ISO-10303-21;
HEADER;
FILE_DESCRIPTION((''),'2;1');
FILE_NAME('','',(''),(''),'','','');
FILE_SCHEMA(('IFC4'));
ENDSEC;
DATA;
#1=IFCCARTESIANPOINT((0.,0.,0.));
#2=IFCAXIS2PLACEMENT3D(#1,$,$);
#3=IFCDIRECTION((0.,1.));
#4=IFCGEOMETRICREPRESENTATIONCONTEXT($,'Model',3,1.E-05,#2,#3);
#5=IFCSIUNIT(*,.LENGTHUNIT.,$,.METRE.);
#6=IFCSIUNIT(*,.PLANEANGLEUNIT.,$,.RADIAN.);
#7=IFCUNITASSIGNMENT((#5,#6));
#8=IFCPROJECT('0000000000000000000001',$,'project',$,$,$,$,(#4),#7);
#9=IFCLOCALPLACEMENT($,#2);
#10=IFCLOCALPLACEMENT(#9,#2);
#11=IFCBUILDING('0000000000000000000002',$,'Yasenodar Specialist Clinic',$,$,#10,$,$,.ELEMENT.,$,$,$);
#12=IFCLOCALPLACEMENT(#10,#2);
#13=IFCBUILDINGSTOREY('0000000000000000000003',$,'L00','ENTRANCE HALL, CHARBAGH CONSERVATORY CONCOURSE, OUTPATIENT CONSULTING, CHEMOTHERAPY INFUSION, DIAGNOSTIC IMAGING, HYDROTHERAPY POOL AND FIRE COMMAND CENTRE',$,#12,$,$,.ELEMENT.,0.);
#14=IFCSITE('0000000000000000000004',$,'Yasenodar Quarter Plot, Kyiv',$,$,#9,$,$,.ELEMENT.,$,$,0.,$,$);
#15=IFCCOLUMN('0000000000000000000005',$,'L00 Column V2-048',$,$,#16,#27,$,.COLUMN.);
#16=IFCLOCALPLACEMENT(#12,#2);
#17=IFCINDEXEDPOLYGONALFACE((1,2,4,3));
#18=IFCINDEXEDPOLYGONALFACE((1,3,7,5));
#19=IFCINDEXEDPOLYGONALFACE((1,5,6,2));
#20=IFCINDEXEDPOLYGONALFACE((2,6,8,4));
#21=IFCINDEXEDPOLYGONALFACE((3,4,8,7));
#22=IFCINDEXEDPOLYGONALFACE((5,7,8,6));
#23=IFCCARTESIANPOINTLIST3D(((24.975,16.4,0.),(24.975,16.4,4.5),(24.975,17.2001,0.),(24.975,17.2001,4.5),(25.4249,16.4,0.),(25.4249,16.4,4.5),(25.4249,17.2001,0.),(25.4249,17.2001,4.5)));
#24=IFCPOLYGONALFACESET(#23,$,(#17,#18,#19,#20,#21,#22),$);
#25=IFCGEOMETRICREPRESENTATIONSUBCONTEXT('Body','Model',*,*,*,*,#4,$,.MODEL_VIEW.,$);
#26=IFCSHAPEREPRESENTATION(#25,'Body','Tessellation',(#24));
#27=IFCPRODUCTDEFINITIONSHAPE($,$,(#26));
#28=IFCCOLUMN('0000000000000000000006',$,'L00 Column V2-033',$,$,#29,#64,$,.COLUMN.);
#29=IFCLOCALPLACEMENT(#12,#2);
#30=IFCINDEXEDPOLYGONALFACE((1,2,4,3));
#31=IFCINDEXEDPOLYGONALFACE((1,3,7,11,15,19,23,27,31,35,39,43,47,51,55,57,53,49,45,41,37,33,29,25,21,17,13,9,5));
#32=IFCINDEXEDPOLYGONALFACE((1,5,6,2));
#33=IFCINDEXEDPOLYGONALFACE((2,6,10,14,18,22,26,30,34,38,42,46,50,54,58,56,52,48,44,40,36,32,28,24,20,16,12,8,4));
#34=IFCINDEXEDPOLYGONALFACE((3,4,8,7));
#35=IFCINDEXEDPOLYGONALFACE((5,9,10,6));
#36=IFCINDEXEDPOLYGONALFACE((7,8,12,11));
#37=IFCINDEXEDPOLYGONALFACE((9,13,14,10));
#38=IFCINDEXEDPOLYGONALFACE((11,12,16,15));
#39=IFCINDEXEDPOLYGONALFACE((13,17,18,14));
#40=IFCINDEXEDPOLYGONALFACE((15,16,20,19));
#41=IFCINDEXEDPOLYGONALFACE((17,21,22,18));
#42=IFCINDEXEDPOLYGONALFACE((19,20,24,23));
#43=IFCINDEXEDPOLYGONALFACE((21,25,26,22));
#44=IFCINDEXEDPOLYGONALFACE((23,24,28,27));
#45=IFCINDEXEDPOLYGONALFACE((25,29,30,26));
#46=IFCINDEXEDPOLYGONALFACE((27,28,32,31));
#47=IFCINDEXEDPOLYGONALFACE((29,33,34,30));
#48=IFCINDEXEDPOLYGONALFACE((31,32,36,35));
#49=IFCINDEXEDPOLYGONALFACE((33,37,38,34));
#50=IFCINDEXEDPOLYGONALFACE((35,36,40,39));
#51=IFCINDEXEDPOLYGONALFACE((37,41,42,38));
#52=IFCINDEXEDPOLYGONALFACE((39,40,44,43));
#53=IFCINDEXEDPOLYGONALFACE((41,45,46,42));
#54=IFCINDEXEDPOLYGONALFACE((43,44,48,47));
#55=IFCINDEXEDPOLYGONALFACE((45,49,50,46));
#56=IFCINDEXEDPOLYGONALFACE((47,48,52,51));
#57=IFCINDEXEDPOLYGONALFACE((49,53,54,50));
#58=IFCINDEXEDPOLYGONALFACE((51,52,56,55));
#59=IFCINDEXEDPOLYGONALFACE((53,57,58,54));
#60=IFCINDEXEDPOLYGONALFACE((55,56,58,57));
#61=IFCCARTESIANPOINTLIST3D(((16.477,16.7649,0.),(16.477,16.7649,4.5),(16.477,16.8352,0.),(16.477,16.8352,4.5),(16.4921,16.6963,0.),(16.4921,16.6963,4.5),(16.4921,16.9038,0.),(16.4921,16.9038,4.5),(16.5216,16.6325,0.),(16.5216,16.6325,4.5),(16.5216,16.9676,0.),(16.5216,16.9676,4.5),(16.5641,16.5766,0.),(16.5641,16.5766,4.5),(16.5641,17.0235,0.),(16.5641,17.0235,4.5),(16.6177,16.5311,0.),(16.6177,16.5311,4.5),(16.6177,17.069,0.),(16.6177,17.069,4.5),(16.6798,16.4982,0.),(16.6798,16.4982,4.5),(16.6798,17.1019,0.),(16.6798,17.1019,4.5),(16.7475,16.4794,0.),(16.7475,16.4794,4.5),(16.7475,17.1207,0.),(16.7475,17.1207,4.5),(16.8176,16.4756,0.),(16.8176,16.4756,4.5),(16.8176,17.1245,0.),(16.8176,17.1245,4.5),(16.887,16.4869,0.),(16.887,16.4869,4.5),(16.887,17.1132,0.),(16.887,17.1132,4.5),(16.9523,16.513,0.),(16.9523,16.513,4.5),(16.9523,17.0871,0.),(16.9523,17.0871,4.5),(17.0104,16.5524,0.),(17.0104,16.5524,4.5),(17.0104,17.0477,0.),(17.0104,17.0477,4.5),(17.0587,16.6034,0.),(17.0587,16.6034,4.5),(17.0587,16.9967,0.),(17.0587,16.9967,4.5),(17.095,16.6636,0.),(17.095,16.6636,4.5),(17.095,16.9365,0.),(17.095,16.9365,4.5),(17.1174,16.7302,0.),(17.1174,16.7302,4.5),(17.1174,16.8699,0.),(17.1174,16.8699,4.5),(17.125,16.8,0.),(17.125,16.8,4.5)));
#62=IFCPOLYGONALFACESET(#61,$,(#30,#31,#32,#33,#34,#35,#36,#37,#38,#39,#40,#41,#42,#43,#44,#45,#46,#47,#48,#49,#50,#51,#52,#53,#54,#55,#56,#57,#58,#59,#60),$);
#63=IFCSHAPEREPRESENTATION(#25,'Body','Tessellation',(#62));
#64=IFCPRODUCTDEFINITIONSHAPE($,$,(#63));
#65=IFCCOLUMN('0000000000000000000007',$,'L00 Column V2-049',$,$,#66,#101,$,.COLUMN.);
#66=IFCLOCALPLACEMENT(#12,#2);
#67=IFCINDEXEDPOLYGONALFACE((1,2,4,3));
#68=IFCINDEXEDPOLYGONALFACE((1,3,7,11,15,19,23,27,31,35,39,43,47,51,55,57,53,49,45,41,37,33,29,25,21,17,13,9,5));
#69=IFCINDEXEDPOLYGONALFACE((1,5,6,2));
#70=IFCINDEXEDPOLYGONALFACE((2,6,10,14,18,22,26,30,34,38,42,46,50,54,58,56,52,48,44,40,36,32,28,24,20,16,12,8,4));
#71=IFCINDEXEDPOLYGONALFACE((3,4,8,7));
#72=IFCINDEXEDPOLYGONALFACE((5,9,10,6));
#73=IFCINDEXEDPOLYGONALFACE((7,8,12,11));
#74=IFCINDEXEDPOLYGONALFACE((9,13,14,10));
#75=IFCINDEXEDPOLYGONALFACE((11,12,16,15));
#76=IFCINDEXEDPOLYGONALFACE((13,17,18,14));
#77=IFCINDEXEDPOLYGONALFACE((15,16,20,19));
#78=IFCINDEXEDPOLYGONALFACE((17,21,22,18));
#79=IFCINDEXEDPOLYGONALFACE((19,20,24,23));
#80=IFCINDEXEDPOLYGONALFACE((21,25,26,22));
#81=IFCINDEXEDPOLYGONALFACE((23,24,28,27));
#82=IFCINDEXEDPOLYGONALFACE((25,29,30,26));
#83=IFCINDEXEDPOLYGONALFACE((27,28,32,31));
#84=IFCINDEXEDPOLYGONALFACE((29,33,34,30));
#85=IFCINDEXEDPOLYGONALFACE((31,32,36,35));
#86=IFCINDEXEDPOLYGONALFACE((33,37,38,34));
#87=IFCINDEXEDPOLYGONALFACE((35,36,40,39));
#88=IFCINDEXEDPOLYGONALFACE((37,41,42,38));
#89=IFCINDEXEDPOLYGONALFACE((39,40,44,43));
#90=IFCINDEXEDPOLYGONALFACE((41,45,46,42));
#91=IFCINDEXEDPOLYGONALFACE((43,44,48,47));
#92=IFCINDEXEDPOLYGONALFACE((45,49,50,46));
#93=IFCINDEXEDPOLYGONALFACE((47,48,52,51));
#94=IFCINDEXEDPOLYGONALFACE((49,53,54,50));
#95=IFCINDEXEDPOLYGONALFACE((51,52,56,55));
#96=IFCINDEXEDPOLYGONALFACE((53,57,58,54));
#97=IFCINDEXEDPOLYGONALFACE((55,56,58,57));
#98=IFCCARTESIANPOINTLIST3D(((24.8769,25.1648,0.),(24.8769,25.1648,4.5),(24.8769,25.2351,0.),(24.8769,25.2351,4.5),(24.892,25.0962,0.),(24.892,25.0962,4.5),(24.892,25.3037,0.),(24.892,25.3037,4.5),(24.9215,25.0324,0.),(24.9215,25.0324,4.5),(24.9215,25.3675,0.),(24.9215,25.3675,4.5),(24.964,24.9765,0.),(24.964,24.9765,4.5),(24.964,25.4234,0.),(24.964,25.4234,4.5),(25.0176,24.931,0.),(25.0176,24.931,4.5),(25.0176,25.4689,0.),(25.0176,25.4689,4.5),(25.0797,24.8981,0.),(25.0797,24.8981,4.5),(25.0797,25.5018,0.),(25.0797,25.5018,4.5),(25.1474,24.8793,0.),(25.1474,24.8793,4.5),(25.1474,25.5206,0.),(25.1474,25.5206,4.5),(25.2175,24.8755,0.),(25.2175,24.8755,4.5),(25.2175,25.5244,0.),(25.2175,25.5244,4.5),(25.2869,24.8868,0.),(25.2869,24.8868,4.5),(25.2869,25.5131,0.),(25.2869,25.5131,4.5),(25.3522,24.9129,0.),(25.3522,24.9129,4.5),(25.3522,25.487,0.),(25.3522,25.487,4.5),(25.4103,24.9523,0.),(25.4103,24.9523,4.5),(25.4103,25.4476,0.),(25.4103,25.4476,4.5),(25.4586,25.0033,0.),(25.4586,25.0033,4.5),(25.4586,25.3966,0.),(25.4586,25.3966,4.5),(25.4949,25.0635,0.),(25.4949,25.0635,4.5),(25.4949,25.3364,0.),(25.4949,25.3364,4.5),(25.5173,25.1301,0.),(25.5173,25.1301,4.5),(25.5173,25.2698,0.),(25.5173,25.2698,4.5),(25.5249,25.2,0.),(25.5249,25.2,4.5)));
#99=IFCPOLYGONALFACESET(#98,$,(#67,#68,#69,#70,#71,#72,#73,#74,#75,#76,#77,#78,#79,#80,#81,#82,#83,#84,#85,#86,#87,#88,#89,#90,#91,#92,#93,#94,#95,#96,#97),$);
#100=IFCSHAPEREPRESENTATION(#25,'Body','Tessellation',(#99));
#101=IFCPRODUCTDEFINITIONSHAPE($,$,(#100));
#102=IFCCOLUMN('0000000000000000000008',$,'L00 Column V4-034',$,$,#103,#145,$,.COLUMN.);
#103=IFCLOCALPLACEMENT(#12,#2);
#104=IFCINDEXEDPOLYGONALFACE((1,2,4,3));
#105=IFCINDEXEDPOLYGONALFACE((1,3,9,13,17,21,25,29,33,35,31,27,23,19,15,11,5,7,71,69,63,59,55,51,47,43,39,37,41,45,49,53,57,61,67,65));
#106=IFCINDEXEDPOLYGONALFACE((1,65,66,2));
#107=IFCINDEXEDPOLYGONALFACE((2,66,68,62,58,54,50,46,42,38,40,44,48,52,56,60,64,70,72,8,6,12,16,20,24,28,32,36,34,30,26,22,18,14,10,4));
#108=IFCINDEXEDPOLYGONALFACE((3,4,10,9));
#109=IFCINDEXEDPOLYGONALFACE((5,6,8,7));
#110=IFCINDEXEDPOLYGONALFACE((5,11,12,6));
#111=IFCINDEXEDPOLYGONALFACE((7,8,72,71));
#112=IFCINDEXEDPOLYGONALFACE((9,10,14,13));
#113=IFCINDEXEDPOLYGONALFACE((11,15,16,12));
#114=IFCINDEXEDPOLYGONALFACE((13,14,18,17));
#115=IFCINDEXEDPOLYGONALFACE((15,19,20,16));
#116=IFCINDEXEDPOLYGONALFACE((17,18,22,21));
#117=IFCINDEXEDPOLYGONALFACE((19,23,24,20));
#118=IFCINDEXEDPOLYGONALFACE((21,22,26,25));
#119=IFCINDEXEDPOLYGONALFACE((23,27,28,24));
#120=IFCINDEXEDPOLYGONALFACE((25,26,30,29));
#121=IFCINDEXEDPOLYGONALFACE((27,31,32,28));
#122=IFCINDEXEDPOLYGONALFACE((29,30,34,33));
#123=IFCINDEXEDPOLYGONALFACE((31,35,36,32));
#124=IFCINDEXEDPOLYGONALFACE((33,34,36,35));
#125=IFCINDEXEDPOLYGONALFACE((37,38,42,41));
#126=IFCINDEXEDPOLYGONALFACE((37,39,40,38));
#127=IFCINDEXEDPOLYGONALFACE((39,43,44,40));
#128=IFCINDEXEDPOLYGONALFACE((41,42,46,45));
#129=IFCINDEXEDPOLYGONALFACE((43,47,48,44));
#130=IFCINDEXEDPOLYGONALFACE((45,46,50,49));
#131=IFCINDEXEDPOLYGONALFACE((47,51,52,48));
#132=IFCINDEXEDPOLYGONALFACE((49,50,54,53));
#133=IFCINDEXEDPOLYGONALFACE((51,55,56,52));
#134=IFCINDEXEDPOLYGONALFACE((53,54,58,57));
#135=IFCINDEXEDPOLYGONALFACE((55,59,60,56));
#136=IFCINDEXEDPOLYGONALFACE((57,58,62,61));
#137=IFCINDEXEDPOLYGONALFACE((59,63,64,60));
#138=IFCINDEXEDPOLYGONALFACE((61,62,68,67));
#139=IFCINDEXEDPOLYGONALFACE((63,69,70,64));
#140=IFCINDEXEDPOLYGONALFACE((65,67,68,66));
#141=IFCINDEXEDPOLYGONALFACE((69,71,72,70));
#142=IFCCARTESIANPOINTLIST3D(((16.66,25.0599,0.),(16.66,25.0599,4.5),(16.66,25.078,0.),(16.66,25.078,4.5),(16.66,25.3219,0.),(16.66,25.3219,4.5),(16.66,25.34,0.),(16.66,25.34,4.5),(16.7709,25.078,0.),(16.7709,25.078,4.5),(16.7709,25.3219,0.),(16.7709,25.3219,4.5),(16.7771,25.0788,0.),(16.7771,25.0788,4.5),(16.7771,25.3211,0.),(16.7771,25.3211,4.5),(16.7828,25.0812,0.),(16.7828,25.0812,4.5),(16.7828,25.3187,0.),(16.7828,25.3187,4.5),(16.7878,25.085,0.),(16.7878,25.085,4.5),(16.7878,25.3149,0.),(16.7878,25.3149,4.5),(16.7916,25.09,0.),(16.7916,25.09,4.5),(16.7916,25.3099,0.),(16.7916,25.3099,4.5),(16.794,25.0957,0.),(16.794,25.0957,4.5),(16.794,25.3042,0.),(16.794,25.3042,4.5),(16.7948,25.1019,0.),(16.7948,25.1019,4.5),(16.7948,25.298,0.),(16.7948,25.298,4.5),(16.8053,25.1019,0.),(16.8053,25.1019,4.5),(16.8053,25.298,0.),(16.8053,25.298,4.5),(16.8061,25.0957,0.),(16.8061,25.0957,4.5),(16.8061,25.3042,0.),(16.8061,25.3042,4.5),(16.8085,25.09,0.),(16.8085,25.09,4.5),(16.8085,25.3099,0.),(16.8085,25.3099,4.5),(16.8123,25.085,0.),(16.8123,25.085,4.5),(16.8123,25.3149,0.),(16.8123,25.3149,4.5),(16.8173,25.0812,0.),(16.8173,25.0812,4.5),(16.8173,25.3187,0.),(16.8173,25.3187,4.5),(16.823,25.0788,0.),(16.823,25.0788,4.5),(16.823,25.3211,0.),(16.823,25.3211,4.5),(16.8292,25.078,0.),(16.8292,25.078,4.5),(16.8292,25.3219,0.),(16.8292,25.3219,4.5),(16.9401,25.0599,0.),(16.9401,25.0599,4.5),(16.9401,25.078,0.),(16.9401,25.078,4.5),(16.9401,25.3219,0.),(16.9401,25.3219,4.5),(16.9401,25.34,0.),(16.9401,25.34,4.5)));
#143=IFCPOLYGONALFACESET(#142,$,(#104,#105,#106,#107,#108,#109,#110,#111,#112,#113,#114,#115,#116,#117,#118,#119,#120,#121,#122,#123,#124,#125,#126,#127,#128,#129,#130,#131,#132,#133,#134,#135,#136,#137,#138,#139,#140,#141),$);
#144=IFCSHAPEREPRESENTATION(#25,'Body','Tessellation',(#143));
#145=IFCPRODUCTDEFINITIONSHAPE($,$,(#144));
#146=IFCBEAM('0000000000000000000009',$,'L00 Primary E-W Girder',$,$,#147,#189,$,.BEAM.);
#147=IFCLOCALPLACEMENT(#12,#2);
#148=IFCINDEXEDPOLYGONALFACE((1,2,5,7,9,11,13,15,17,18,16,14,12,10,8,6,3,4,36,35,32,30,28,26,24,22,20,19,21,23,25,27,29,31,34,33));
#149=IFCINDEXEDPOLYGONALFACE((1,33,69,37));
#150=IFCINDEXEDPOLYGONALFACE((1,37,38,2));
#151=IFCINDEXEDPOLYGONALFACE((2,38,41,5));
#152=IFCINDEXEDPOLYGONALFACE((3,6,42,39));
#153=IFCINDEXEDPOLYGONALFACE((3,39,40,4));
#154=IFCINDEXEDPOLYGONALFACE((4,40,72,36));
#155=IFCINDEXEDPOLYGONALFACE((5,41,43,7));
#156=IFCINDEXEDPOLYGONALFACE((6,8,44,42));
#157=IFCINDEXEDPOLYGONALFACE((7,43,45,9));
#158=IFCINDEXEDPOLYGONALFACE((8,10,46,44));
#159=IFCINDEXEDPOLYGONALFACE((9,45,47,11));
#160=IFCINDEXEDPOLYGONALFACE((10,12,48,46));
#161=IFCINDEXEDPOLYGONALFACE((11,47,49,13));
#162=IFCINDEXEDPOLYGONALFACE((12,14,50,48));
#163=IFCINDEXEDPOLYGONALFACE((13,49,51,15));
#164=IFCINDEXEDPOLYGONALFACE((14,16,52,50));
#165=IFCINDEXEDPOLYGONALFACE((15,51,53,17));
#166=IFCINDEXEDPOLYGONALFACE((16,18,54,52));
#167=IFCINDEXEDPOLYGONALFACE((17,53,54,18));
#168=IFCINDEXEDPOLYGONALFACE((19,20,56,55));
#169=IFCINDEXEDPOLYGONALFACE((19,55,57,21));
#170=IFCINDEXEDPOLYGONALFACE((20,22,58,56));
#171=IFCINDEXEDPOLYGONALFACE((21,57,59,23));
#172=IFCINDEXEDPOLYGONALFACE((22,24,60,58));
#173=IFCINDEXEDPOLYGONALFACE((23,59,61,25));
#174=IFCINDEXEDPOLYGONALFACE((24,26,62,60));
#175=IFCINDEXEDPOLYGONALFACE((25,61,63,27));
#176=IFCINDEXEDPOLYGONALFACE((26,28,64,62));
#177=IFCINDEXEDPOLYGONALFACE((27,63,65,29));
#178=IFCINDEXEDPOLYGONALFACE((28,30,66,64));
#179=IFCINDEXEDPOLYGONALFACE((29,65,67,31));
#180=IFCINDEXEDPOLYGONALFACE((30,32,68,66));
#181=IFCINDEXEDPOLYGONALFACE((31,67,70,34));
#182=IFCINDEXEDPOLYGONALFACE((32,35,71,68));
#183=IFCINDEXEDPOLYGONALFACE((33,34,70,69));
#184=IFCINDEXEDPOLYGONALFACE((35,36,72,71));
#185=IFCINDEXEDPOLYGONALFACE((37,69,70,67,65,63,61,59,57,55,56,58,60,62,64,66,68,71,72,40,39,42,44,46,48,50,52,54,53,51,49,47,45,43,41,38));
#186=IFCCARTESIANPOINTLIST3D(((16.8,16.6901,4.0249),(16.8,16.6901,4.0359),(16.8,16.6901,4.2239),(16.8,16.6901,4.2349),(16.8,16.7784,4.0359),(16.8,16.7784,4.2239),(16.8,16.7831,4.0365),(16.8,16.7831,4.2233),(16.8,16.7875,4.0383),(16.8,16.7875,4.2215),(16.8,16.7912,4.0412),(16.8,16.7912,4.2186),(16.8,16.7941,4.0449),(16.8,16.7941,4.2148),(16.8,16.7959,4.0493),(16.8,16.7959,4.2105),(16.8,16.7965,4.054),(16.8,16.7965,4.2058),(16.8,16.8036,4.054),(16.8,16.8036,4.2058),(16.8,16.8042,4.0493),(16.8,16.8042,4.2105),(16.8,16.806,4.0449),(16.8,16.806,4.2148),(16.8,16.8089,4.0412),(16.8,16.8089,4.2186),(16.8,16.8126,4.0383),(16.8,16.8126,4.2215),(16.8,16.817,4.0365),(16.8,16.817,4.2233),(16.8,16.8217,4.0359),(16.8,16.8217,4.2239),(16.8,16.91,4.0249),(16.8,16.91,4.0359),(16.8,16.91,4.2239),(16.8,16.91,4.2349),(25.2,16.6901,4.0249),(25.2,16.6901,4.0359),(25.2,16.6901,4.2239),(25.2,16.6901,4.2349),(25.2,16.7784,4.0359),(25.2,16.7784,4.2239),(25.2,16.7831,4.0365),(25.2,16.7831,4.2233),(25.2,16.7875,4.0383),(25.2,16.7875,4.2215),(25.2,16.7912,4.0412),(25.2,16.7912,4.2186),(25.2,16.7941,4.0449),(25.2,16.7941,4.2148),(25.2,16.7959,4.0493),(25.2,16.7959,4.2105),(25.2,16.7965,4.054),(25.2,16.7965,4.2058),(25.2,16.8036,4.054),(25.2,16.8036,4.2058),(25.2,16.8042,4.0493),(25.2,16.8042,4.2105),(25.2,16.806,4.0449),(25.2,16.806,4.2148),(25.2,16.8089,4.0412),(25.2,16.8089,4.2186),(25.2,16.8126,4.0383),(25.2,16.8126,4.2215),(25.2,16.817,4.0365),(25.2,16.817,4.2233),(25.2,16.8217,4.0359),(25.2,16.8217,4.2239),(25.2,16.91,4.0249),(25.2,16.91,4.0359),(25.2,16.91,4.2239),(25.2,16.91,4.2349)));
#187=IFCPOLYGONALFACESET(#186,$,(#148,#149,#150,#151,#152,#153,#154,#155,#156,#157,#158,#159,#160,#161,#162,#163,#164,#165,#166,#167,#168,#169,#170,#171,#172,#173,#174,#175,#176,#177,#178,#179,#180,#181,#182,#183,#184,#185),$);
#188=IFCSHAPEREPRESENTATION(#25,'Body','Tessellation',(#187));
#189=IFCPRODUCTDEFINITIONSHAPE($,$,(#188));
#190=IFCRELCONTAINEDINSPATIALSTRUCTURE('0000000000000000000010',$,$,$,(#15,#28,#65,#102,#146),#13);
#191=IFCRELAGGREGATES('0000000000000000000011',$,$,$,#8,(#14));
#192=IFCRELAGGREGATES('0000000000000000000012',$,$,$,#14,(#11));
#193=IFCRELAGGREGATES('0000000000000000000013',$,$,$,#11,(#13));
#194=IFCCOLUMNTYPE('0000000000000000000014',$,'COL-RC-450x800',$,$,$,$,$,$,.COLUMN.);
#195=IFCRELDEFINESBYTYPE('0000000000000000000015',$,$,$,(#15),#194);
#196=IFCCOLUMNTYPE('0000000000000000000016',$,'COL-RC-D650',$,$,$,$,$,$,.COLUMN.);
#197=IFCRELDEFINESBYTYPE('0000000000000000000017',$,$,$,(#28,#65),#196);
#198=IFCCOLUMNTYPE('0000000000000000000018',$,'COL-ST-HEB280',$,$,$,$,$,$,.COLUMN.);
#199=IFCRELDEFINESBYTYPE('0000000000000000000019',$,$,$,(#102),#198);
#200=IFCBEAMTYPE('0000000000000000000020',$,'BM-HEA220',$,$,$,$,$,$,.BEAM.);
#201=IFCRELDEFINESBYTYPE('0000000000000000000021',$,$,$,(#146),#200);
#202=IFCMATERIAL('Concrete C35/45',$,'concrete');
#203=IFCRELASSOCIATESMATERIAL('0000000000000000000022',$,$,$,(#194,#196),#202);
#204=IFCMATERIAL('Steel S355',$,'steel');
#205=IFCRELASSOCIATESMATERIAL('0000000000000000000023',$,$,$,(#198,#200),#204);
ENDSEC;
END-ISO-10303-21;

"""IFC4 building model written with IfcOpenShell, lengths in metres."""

from ifc_helpers import new_model, si_unit, direction, frame, origin, origin_2d, place, context, subcontext, project, spatial, rectangle, circle, i_section, extrude, material, material_profile, profile_set, type_object, element, save


model = new_model("IFC4")

# Units and contexts
model_context = context("Model", 3, precision=1e-05, world=origin(), true_north=direction((0.0, 1.0)))
body_context = subcontext(model_context, "Body", "Model", "MODEL_VIEW")
ifc_project = project(units=[si_unit("LENGTHUNIT", "METRE"), si_unit("PLANEANGLEUNIT", "RADIAN")], contexts=[model_context])

# Site, building, storey
site_placement = place(None, origin())
site = spatial("IfcSite", under=ifc_project, at=site_placement, Name="Yasenodar Quarter Plot, Kyiv", CompositionType="ELEMENT", RefElevation=0.0)
building_placement = place(site_placement, origin())
building = spatial("IfcBuilding", under=site, at=building_placement, Name="Yasenodar Specialist Clinic", CompositionType="ELEMENT")
storey_placement = place(building_placement, origin())
storey = spatial("IfcBuildingStorey", under=building, at=storey_placement, Name="L00", Description="ENTRANCE HALL, CHARBAGH CONSERVATORY CONCOURSE, OUTPATIENT CONSULTING, CHEMOTHERAPY INFUSION, DIAGNOSTIC IMAGING, HYDROTHERAPY POOL AND FIRE COMMAND CENTRE", CompositionType="ELEMENT", Elevation=0.0)

# Columns
ifc_material_1 = material(Name="Concrete C35/45", Category="concrete")
ifc_material_profile_1 = material_profile(ifc_material_1, rectangle(XDim=0.45, YDim=0.8, at=origin_2d()), Name="RC 450x800")
ifc_profile_set_1 = profile_set([ifc_material_profile_1], Name="Concrete C35/45")
column_type_1 = type_object("IfcColumnType", Name="COL-RC-450x800", PredefinedType="COLUMN", material=ifc_profile_set_1)
column_1_placement = place(storey_placement, frame((25.2, 16.8, 0.0), z_axis=(0.0, 0.0, 1.0), x_axis=(1.0, 0.0, 0.0)))
element("IfcColumn", 1, at=column_1_placement, inside=storey, type_object=column_type_1, Name="L00 Column V2-048", PredefinedType="COLUMN", context=body_context, shape_type="SweptSolid", body=[
    extrude(rectangle(XDim=0.45, YDim=0.8, at=origin_2d()), origin(), (0.0, 0.0, 1.0), 4.5),
])
ifc_material_profile_2 = material_profile(ifc_material_1, circle(Radius=0.325, at=origin_2d()), Name="RC D650")
ifc_profile_set_2 = profile_set([ifc_material_profile_2], Name="Concrete C35/45")
column_type_2 = type_object("IfcColumnType", Name="COL-RC-D650", PredefinedType="COLUMN", material=ifc_profile_set_2)
for number, where, z_axis, x_axis, name in (
    (2, (16.8, 16.8, 0.0), (0.0, 0.0, 1.0), (1.0, 0.0, 0.0), "L00 Column V2-033"),
    (3, (25.2, 25.2, 0.0), (0.0, 0.0, 1.0), (1.0, 0.0, 0.0), "L00 Column V2-049"),
):
    element("IfcColumn", number, at=place(storey_placement, frame(where, z_axis=z_axis, x_axis=x_axis)), inside=storey, type_object=column_type_2, Name=name, PredefinedType="COLUMN", context=body_context, shape_type="SweptSolid", body=[
        extrude(circle(Radius=0.325, at=origin_2d()), origin(), (0.0, 0.0, 1.0), 4.5),
    ])
ifc_material_2 = material(Name="Steel S355", Category="steel")
ifc_material_profile_3 = material_profile(ifc_material_2, i_section(OverallWidth=0.28, OverallDepth=0.28, WebThickness=0.0105, FlangeThickness=0.0181, FilletRadius=0.0239, at=origin_2d()), Name="HEB 280")
ifc_profile_set_3 = profile_set([ifc_material_profile_3], Name="Steel S355")
column_type_3 = type_object("IfcColumnType", Name="COL-ST-HEB280", PredefinedType="COLUMN", material=ifc_profile_set_3)
column_2_placement = place(storey_placement, frame((16.8, 25.2, 0.0), z_axis=(0.0, 0.0, 1.0), x_axis=(1.0, 0.0, 0.0)))
element("IfcColumn", 4, at=column_2_placement, inside=storey, type_object=column_type_3, Name="L00 Column V4-034", PredefinedType="COLUMN", context=body_context, shape_type="SweptSolid", body=[
    extrude(i_section(OverallWidth=0.28, OverallDepth=0.28, WebThickness=0.0105, FlangeThickness=0.0181, FilletRadius=0.0239, at=origin_2d()), origin(), (0.0, 0.0, 1.0), 4.5),
])

# Beam
ifc_material_profile_4 = material_profile(ifc_material_2, i_section(OverallWidth=0.22, OverallDepth=0.21, WebThickness=0.0071, FlangeThickness=0.011, FilletRadius=0.0181, at=origin_2d()), Name="HEA 220")
ifc_profile_set_4 = profile_set([ifc_material_profile_4], Name="Steel S355")
beam_type_1 = type_object("IfcBeamType", Name="BM-HEA220", PredefinedType="BEAM", material=ifc_profile_set_4)
beam_1_placement = place(storey_placement, frame((16.8, 16.8, 4.1299), z_axis=(1.0, 0.0, 0.0), x_axis=(0.0, 1.0, 0.0)))
element("IfcBeam", 5, at=beam_1_placement, inside=storey, type_object=beam_type_1, Name="L00 Primary E-W Girder", PredefinedType="BEAM", context=body_context, shape_type="SweptSolid", body=[
    extrude(i_section(OverallWidth=0.22, OverallDepth=0.21, WebThickness=0.0071, FlangeThickness=0.011, FilletRadius=0.0181, at=origin_2d()), origin(), (0.0, 0.0, 1.0), 8.3999),
])

save(model, "model.ifc")
